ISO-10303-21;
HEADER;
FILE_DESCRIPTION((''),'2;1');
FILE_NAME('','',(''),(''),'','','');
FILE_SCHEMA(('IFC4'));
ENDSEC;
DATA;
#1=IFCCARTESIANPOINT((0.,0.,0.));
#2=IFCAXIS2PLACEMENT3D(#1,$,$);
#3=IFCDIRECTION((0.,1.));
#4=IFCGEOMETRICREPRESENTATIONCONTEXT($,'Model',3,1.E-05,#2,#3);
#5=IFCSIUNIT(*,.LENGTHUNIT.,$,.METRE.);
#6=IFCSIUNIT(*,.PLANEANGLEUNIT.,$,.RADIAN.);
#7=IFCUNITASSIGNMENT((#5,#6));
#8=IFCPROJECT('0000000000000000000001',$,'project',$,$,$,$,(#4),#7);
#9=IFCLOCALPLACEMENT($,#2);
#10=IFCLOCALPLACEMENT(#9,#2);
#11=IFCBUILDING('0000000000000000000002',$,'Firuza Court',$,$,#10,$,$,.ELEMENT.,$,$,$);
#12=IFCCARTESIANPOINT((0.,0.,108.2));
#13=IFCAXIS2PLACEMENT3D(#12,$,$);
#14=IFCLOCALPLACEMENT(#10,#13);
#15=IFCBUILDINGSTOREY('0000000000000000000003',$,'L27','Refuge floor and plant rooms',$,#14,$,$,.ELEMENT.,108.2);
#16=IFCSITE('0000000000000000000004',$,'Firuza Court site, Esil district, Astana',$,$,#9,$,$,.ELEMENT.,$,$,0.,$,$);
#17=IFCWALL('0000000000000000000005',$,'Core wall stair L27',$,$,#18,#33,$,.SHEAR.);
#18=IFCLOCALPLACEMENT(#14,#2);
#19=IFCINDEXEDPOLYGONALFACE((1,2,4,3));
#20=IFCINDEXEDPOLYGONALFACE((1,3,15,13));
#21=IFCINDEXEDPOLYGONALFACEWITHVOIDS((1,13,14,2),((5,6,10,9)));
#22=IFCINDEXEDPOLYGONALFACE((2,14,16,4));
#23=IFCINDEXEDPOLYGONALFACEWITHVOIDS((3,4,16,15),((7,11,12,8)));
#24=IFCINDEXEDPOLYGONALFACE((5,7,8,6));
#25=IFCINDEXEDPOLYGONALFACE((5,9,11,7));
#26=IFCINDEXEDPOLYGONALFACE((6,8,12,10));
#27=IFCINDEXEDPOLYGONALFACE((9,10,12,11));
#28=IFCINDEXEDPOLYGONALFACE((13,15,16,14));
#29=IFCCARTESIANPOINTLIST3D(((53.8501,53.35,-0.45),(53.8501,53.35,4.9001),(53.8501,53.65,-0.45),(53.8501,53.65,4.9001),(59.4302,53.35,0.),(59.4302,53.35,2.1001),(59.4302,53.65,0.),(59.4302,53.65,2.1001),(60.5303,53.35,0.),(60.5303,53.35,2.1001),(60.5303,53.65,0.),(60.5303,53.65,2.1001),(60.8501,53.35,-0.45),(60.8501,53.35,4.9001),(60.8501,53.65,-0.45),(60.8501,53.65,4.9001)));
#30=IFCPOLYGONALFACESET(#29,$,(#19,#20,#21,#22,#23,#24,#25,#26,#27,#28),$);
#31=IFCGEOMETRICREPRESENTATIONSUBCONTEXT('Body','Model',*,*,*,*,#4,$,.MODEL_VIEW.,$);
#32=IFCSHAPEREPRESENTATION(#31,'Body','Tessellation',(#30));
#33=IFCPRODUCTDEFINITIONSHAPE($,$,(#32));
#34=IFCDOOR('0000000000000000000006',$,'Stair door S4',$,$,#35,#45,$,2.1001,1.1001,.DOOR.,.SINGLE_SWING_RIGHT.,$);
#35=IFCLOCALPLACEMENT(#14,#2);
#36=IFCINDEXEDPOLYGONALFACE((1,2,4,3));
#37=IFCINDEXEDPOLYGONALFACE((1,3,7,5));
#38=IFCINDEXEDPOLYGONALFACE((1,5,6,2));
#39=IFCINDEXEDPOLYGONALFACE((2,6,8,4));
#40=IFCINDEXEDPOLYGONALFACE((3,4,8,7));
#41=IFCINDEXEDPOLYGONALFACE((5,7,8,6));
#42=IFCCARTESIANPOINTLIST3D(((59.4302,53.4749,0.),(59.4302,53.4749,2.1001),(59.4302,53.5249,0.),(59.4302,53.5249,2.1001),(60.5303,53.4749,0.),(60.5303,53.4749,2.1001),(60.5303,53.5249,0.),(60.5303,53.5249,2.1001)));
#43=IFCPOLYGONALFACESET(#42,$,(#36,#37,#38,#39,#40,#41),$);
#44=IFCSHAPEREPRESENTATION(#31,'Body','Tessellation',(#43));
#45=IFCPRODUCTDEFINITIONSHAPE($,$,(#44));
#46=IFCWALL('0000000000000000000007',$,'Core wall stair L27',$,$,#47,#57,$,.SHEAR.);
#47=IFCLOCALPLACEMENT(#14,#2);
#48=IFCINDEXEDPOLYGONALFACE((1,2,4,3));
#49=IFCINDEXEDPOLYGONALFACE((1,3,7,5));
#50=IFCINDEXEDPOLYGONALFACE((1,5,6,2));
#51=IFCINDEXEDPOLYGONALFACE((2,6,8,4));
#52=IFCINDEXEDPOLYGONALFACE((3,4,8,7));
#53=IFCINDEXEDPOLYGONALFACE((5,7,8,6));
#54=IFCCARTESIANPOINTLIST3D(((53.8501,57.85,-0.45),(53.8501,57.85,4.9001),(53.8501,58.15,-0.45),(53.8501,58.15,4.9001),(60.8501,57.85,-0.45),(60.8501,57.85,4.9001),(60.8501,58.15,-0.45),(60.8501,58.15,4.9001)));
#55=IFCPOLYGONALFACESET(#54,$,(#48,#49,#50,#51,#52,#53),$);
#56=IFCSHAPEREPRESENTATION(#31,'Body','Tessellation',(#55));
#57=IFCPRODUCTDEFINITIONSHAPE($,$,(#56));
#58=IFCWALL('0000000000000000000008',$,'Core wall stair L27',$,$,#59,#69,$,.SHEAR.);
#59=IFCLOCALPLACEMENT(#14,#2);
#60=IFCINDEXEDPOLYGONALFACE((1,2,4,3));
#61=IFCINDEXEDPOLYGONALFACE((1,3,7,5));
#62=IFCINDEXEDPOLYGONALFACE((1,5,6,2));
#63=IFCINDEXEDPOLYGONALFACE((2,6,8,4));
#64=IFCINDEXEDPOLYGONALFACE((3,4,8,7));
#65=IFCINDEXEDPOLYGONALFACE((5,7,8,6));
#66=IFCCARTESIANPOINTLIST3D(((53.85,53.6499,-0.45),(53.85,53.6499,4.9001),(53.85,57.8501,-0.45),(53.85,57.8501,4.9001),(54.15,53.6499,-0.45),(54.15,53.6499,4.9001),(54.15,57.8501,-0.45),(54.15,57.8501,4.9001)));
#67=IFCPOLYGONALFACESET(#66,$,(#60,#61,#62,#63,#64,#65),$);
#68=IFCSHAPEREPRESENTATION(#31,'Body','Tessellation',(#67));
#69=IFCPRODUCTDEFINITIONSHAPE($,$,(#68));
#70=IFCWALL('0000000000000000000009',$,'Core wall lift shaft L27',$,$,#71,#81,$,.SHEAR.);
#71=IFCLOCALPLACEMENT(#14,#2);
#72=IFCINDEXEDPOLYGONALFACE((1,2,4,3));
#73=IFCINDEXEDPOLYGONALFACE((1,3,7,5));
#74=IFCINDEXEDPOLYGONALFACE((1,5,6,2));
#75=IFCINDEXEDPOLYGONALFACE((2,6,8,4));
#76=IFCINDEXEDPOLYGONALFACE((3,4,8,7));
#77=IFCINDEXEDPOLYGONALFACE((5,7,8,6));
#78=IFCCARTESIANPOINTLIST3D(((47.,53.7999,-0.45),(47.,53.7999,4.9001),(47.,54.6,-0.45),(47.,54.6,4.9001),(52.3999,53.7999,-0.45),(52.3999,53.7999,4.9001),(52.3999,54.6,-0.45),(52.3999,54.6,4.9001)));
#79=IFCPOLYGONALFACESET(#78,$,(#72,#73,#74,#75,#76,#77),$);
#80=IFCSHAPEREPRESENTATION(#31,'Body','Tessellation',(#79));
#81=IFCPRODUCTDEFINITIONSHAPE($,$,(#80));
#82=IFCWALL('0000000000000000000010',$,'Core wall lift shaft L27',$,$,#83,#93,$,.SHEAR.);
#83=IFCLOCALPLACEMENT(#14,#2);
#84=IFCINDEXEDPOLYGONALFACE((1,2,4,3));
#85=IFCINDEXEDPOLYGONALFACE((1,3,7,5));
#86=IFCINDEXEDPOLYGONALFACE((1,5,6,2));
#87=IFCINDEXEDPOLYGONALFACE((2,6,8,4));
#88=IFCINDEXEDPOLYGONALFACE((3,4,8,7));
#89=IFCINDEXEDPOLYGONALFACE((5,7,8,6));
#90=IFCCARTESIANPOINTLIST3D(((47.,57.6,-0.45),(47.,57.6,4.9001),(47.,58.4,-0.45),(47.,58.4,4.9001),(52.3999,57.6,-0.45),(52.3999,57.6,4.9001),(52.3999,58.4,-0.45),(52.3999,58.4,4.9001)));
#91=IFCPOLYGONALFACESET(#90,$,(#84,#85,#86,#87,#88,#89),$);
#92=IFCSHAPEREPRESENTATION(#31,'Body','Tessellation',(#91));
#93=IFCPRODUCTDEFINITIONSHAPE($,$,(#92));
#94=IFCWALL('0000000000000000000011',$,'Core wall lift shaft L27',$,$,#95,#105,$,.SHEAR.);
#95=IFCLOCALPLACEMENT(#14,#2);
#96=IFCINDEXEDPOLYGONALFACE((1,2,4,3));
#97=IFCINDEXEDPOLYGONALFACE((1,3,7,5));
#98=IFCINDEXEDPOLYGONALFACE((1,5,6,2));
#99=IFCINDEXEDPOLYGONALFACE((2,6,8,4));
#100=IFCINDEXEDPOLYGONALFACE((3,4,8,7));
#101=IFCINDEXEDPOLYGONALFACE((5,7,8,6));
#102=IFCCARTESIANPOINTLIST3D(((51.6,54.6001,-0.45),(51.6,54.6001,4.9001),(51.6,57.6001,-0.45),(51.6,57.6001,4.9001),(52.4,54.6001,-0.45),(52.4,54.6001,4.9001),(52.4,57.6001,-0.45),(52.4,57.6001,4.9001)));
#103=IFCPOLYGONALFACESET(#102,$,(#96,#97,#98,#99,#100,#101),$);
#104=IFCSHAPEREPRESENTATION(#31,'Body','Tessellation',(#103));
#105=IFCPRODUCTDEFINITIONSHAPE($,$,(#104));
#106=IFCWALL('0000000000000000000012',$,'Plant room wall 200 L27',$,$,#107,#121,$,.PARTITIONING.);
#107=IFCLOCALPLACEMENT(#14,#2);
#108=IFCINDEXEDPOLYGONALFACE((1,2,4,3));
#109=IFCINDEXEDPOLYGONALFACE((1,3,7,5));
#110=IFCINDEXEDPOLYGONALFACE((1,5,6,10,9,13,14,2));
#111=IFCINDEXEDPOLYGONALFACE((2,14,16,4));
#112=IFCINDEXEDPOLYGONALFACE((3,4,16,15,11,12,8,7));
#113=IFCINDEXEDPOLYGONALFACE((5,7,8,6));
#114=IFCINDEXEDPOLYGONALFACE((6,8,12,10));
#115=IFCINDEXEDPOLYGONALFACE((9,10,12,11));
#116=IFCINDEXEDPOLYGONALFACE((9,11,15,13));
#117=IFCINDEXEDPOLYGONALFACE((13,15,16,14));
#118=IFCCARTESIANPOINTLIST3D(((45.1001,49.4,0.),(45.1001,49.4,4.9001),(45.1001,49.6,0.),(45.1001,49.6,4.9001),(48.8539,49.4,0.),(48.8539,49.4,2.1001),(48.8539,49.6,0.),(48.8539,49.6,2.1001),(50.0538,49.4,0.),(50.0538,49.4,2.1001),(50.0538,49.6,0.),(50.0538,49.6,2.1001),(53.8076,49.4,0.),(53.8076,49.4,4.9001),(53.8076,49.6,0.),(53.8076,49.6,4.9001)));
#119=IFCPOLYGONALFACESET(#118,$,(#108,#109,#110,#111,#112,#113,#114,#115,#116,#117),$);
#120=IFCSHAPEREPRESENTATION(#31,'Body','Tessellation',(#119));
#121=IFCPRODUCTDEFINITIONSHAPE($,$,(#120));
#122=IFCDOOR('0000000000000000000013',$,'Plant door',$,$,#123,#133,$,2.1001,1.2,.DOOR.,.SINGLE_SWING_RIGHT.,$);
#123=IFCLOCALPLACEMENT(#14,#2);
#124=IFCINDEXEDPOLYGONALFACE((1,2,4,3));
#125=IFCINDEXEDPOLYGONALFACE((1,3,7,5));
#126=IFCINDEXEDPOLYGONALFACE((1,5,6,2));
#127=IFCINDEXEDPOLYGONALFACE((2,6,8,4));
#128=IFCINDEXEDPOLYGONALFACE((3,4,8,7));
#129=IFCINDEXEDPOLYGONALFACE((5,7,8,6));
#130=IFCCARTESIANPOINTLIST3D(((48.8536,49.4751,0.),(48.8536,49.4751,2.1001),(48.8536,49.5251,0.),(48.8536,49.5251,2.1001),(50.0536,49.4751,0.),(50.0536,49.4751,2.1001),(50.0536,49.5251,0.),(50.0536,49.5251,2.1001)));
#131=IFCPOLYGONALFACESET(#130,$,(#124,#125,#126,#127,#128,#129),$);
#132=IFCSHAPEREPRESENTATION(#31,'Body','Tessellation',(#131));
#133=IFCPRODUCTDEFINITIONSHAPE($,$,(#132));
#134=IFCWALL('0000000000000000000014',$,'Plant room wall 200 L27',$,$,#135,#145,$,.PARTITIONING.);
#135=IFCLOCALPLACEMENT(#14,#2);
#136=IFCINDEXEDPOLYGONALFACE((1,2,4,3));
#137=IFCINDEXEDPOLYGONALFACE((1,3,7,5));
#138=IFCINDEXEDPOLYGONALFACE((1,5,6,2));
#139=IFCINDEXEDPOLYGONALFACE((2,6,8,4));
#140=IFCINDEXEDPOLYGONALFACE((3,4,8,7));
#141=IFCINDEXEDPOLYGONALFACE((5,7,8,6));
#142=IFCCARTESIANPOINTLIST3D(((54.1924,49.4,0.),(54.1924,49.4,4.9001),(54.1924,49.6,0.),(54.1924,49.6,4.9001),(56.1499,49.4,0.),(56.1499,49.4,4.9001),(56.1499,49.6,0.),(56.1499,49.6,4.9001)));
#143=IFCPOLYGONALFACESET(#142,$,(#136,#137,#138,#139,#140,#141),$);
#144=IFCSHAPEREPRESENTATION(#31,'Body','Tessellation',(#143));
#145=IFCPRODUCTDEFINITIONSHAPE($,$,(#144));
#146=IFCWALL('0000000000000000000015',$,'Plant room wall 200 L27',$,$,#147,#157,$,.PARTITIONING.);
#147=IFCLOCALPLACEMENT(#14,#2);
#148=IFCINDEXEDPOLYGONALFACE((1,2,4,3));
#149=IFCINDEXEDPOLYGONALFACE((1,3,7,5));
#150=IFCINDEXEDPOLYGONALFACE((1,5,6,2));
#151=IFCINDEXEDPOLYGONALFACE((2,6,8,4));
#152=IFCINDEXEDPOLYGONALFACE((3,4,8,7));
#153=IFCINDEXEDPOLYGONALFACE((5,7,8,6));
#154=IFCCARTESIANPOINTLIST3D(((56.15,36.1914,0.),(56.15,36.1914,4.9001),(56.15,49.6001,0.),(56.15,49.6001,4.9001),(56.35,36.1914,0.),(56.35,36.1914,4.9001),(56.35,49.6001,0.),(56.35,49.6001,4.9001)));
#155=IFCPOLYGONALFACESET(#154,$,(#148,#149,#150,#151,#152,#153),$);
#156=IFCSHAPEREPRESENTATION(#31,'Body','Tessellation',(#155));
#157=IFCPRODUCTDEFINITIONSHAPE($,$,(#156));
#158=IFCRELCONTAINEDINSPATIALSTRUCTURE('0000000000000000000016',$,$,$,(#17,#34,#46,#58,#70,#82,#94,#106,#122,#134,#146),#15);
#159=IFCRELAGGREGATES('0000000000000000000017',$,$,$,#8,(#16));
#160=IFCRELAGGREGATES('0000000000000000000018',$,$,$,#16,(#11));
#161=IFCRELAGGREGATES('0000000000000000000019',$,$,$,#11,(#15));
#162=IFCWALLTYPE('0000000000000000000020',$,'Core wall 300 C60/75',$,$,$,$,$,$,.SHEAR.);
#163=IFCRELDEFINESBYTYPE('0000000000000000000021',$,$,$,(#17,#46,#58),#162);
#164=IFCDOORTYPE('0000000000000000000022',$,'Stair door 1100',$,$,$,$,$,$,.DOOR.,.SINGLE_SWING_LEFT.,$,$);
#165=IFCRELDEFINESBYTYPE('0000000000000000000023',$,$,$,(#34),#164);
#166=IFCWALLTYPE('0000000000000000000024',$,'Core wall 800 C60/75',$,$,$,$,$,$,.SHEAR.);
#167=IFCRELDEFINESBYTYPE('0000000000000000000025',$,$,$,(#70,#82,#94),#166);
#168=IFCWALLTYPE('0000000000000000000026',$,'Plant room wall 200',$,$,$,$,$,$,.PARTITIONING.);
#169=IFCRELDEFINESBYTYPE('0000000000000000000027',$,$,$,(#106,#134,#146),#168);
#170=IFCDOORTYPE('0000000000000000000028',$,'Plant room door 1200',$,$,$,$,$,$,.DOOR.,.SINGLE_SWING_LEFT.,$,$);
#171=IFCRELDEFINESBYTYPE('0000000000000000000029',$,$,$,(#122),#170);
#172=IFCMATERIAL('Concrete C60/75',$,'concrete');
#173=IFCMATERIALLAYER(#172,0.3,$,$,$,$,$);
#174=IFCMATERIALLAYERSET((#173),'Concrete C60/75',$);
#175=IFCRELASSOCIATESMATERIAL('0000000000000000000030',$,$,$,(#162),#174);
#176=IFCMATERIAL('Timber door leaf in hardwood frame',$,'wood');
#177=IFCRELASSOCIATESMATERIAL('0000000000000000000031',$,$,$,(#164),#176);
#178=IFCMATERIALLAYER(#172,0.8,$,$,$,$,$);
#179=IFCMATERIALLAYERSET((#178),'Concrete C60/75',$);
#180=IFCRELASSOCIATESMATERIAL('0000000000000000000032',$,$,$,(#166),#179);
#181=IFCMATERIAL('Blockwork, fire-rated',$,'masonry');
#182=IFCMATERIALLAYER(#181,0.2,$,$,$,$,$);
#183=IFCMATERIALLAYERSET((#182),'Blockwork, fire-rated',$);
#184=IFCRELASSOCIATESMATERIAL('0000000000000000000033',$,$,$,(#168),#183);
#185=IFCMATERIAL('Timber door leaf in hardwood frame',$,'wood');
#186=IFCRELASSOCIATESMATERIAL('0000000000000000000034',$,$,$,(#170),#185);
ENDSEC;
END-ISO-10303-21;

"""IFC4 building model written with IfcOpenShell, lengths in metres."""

from ifc_helpers import new_model, si_unit, direction, frame, frame_2d, origin, place, context, subcontext, project, spatial, rectangle, extrude, material, layer, layer_set, type_object, element, fill, save


model = new_model("IFC4")

# Units and contexts
model_context = context("Model", 3, precision=1e-05, world=origin(), true_north=direction((0.0, 1.0)))
body_context = subcontext(model_context, "Body", "Model", "MODEL_VIEW")
ifc_project = project(units=[si_unit("LENGTHUNIT", "METRE"), si_unit("PLANEANGLEUNIT", "RADIAN")], contexts=[model_context])

# Site, building, storey
site_placement = place(None, origin())
site = spatial("IfcSite", under=ifc_project, at=site_placement, Name="Firuza Court site, Esil district, Astana", CompositionType="ELEMENT", RefElevation=0.0)
building_placement = place(site_placement, origin())
building = spatial("IfcBuilding", under=site, at=building_placement, Name="Firuza Court", CompositionType="ELEMENT")
storey_placement = place(building_placement, frame((0.0, 0.0, 108.2)))
storey = spatial("IfcBuildingStorey", under=building, at=storey_placement, Name="L27", Description="Refuge floor and plant rooms", CompositionType="ELEMENT", Elevation=108.2)

# Shared definitions
ifc_material_1 = material(Name="Concrete C60/75", Category="concrete")
ifc_layer_1 = layer(ifc_material_1, 0.3)
ifc_layer_set_1 = layer_set([ifc_layer_1], Name="Concrete C60/75")
wall_type_1 = type_object("IfcWallType", Name="Core wall 300 C60/75", PredefinedType="SHEAR", material=ifc_layer_set_1)

# Wall, opening, door
wall_1_placement = place(storey_placement, frame((53.8501, 53.5, -0.45), z_axis=(0.0, 0.0, 1.0), x_axis=(1.0, 0.0, 0.0)))
wall_1 = element("IfcWall", 1, at=wall_1_placement, inside=storey, type_object=wall_type_1, Name="Core wall stair L27", PredefinedType="SHEAR", context=body_context, shape_type="SweptSolid", body=[
    extrude(rectangle(XDim=7.0, YDim=0.3, at=frame_2d((3.5, 0.0))), origin(), (0.0, 0.0, 1.0), 5.3501),
])
opening_1_placement = place(wall_1_placement, frame((5.5801, 0.0, 0.45)))
opening_1 = element("IfcOpeningElement", 2, at=opening_1_placement, cuts=wall_1, PredefinedType="OPENING", context=body_context, shape_type="SweptSolid", body=[
    extrude(rectangle(XDim=1.1001, YDim=2.1001, at=frame_2d((0.55, 1.05))), frame((0.0, 0.1621, 0.0), z_axis=(0.0, -1.0, 0.0), x_axis=(1.0, 0.0, 0.0)), (0.0, 0.0, 1.0), 0.324),
])
ifc_material_2 = material(Name="Timber door leaf in hardwood frame", Category="wood")
door_type_1 = type_object("IfcDoorType", Name="Stair door 1100", OperationType="SINGLE_SWING_LEFT", PredefinedType="DOOR", material=ifc_material_2)
door_1_placement = place(opening_1_placement, origin())
door_1 = element("IfcDoor", 3, at=door_1_placement, inside=storey, type_object=door_type_1, Name="Stair door S4", OperationType="SINGLE_SWING_RIGHT", OverallHeight=2.1001, OverallWidth=1.1001, PredefinedType="DOOR", context=body_context, shape_type="SweptSolid", body=[
    extrude(rectangle(XDim=1.1001, YDim=2.1001, at=frame_2d((0.55, 1.05))), frame((0.0, 0.0249, 0.0), z_axis=(0.0, -1.0, 0.0), x_axis=(1.0, 0.0, 0.0)), (0.0, 0.0, 1.0), 0.05),
])
fill(opening_1, door_1)

# Walls
wall_2_placement = place(storey_placement, frame((53.8501, 58.0, -0.45), z_axis=(0.0, 0.0, 1.0), x_axis=(1.0, 0.0, 0.0)))
element("IfcWall", 4, at=wall_2_placement, inside=storey, type_object=wall_type_1, Name="Core wall stair L27", PredefinedType="SHEAR", context=body_context, shape_type="SweptSolid", body=[
    extrude(rectangle(XDim=7.0, YDim=0.3, at=frame_2d((3.5, 0.0))), origin(), (0.0, 0.0, 1.0), 5.3501),
])
wall_3_placement = place(storey_placement, frame((54.0, 53.6499, -0.45), z_axis=(0.0, 0.0, 1.0), x_axis=(0.0, 1.0, 0.0)))
element("IfcWall", 5, at=wall_3_placement, inside=storey, type_object=wall_type_1, Name="Core wall stair L27", PredefinedType="SHEAR", context=body_context, shape_type="SweptSolid", body=[
    extrude(rectangle(XDim=4.2002, YDim=0.3, at=frame_2d((2.1001, 0.0))), origin(), (0.0, 0.0, 1.0), 5.3501),
])
ifc_layer_2 = layer(ifc_material_1, 0.8)
ifc_layer_set_2 = layer_set([ifc_layer_2], Name="Concrete C60/75")
wall_type_2 = type_object("IfcWallType", Name="Core wall 800 C60/75", PredefinedType="SHEAR", material=ifc_layer_set_2)
for number, where, z_axis, x_axis, name in (
    (6, (47.0, 54.2, -0.45), (0.0, 0.0, 1.0), (1.0, 0.0, 0.0), "Core wall lift shaft L27"),
    (7, (47.0, 58.0, -0.45), (0.0, 0.0, 1.0), (1.0, 0.0, 0.0), "Core wall lift shaft L27"),
):
    element("IfcWall", number, at=place(storey_placement, frame(where, z_axis=z_axis, x_axis=x_axis)), inside=storey, type_object=wall_type_2, Name=name, PredefinedType="SHEAR", context=body_context, shape_type="SweptSolid", body=[
        extrude(rectangle(XDim=5.3999, YDim=0.8, at=frame_2d((2.7, 0.0))), origin(), (0.0, 0.0, 1.0), 5.3501),
    ])
wall_4_placement = place(storey_placement, frame((52.0, 54.6001, -0.45), z_axis=(0.0, 0.0, 1.0), x_axis=(0.0, 1.0, 0.0)))
element("IfcWall", 8, at=wall_4_placement, inside=storey, type_object=wall_type_2, Name="Core wall lift shaft L27", PredefinedType="SHEAR", context=body_context, shape_type="SweptSolid", body=[
    extrude(rectangle(XDim=3.0, YDim=0.8, at=frame_2d((1.5, 0.0))), origin(), (0.0, 0.0, 1.0), 5.3501),
])

# Wall, opening, door
ifc_material_3 = material(Name="Blockwork, fire-rated", Category="masonry")
ifc_layer_3 = layer(ifc_material_3, 0.2)
ifc_layer_set_3 = layer_set([ifc_layer_3], Name="Blockwork, fire-rated")
wall_type_3 = type_object("IfcWallType", Name="Plant room wall 200", PredefinedType="PARTITIONING", material=ifc_layer_set_3)
wall_5_placement = place(storey_placement, frame((45.1001, 49.5, 0.0), z_axis=(0.0, 0.0, 1.0), x_axis=(1.0, 0.0, 0.0)))
wall_5 = element("IfcWall", 9, at=wall_5_placement, inside=storey, type_object=wall_type_3, Name="Plant room wall 200 L27", PredefinedType="PARTITIONING", context=body_context, shape_type="SweptSolid", body=[
    extrude(rectangle(XDim=8.7075, YDim=0.2, at=frame_2d((4.3538, 0.0))), origin(), (0.0, 0.0, 1.0), 4.9001),
])
opening_2_placement = place(wall_5_placement, frame((3.7537, 0.0, 0.0)))
opening_2 = element("IfcOpeningElement", 10, at=opening_2_placement, cuts=wall_5, PredefinedType="OPENING", context=body_context, shape_type="SweptSolid", body=[
    extrude(rectangle(XDim=1.2, YDim=2.1001, at=frame_2d((0.6001, 1.05))), frame((0.0, 0.1118, 0.0), z_axis=(0.0, -1.0, 0.0), x_axis=(1.0, 0.0, 0.0)), (0.0, 0.0, 1.0), 0.2239),
])
ifc_material_4 = material(Name="Timber door leaf in hardwood frame", Category="wood")
door_type_2 = type_object("IfcDoorType", Name="Plant room door 1200", OperationType="SINGLE_SWING_LEFT", PredefinedType="DOOR", material=ifc_material_4)
door_2_placement = place(opening_2_placement, frame((1.2, 0.0, 0.0), z_axis=(0.0, 0.0, 1.0), x_axis=(-1.0, 0.0, 0.0)))
door_2 = element("IfcDoor", 11, at=door_2_placement, inside=storey, type_object=door_type_2, Name="Plant door", OperationType="SINGLE_SWING_RIGHT", OverallHeight=2.1001, OverallWidth=1.2, PredefinedType="DOOR", context=body_context, shape_type="SweptSolid", body=[
    extrude(rectangle(XDim=1.2, YDim=2.1001, at=frame_2d((0.6001, 1.05))), frame((0.0, 0.0249, 0.0), z_axis=(0.0, -1.0, 0.0), x_axis=(1.0, 0.0, 0.0)), (0.0, 0.0, 1.0), 0.05),
])
fill(opening_2, door_2)

# Walls
wall_6_placement = place(storey_placement, frame((54.1924, 49.5, 0.0), z_axis=(0.0, 0.0, 1.0), x_axis=(1.0, 0.0, 0.0)))
element("IfcWall", 12, at=wall_6_placement, inside=storey, type_object=wall_type_3, Name="Plant room wall 200 L27", PredefinedType="PARTITIONING", context=body_context, shape_type="SweptSolid", body=[
    extrude(rectangle(XDim=1.9575, YDim=0.2, at=frame_2d((0.9788, 0.0))), origin(), (0.0, 0.0, 1.0), 4.9001),
])
wall_7_placement = place(storey_placement, frame((56.25, 49.6001, 0.0), z_axis=(0.0, 0.0, 1.0), x_axis=(0.0, -1.0, 0.0)))
element("IfcWall", 13, at=wall_7_placement, inside=storey, type_object=wall_type_3, Name="Plant room wall 200 L27", PredefinedType="PARTITIONING", context=body_context, shape_type="SweptSolid", body=[
    extrude(rectangle(XDim=13.4087, YDim=0.2, at=frame_2d((6.7043, 0.0))), origin(), (0.0, 0.0, 1.0), 4.9001),
])

save(model, "model.ifc")
